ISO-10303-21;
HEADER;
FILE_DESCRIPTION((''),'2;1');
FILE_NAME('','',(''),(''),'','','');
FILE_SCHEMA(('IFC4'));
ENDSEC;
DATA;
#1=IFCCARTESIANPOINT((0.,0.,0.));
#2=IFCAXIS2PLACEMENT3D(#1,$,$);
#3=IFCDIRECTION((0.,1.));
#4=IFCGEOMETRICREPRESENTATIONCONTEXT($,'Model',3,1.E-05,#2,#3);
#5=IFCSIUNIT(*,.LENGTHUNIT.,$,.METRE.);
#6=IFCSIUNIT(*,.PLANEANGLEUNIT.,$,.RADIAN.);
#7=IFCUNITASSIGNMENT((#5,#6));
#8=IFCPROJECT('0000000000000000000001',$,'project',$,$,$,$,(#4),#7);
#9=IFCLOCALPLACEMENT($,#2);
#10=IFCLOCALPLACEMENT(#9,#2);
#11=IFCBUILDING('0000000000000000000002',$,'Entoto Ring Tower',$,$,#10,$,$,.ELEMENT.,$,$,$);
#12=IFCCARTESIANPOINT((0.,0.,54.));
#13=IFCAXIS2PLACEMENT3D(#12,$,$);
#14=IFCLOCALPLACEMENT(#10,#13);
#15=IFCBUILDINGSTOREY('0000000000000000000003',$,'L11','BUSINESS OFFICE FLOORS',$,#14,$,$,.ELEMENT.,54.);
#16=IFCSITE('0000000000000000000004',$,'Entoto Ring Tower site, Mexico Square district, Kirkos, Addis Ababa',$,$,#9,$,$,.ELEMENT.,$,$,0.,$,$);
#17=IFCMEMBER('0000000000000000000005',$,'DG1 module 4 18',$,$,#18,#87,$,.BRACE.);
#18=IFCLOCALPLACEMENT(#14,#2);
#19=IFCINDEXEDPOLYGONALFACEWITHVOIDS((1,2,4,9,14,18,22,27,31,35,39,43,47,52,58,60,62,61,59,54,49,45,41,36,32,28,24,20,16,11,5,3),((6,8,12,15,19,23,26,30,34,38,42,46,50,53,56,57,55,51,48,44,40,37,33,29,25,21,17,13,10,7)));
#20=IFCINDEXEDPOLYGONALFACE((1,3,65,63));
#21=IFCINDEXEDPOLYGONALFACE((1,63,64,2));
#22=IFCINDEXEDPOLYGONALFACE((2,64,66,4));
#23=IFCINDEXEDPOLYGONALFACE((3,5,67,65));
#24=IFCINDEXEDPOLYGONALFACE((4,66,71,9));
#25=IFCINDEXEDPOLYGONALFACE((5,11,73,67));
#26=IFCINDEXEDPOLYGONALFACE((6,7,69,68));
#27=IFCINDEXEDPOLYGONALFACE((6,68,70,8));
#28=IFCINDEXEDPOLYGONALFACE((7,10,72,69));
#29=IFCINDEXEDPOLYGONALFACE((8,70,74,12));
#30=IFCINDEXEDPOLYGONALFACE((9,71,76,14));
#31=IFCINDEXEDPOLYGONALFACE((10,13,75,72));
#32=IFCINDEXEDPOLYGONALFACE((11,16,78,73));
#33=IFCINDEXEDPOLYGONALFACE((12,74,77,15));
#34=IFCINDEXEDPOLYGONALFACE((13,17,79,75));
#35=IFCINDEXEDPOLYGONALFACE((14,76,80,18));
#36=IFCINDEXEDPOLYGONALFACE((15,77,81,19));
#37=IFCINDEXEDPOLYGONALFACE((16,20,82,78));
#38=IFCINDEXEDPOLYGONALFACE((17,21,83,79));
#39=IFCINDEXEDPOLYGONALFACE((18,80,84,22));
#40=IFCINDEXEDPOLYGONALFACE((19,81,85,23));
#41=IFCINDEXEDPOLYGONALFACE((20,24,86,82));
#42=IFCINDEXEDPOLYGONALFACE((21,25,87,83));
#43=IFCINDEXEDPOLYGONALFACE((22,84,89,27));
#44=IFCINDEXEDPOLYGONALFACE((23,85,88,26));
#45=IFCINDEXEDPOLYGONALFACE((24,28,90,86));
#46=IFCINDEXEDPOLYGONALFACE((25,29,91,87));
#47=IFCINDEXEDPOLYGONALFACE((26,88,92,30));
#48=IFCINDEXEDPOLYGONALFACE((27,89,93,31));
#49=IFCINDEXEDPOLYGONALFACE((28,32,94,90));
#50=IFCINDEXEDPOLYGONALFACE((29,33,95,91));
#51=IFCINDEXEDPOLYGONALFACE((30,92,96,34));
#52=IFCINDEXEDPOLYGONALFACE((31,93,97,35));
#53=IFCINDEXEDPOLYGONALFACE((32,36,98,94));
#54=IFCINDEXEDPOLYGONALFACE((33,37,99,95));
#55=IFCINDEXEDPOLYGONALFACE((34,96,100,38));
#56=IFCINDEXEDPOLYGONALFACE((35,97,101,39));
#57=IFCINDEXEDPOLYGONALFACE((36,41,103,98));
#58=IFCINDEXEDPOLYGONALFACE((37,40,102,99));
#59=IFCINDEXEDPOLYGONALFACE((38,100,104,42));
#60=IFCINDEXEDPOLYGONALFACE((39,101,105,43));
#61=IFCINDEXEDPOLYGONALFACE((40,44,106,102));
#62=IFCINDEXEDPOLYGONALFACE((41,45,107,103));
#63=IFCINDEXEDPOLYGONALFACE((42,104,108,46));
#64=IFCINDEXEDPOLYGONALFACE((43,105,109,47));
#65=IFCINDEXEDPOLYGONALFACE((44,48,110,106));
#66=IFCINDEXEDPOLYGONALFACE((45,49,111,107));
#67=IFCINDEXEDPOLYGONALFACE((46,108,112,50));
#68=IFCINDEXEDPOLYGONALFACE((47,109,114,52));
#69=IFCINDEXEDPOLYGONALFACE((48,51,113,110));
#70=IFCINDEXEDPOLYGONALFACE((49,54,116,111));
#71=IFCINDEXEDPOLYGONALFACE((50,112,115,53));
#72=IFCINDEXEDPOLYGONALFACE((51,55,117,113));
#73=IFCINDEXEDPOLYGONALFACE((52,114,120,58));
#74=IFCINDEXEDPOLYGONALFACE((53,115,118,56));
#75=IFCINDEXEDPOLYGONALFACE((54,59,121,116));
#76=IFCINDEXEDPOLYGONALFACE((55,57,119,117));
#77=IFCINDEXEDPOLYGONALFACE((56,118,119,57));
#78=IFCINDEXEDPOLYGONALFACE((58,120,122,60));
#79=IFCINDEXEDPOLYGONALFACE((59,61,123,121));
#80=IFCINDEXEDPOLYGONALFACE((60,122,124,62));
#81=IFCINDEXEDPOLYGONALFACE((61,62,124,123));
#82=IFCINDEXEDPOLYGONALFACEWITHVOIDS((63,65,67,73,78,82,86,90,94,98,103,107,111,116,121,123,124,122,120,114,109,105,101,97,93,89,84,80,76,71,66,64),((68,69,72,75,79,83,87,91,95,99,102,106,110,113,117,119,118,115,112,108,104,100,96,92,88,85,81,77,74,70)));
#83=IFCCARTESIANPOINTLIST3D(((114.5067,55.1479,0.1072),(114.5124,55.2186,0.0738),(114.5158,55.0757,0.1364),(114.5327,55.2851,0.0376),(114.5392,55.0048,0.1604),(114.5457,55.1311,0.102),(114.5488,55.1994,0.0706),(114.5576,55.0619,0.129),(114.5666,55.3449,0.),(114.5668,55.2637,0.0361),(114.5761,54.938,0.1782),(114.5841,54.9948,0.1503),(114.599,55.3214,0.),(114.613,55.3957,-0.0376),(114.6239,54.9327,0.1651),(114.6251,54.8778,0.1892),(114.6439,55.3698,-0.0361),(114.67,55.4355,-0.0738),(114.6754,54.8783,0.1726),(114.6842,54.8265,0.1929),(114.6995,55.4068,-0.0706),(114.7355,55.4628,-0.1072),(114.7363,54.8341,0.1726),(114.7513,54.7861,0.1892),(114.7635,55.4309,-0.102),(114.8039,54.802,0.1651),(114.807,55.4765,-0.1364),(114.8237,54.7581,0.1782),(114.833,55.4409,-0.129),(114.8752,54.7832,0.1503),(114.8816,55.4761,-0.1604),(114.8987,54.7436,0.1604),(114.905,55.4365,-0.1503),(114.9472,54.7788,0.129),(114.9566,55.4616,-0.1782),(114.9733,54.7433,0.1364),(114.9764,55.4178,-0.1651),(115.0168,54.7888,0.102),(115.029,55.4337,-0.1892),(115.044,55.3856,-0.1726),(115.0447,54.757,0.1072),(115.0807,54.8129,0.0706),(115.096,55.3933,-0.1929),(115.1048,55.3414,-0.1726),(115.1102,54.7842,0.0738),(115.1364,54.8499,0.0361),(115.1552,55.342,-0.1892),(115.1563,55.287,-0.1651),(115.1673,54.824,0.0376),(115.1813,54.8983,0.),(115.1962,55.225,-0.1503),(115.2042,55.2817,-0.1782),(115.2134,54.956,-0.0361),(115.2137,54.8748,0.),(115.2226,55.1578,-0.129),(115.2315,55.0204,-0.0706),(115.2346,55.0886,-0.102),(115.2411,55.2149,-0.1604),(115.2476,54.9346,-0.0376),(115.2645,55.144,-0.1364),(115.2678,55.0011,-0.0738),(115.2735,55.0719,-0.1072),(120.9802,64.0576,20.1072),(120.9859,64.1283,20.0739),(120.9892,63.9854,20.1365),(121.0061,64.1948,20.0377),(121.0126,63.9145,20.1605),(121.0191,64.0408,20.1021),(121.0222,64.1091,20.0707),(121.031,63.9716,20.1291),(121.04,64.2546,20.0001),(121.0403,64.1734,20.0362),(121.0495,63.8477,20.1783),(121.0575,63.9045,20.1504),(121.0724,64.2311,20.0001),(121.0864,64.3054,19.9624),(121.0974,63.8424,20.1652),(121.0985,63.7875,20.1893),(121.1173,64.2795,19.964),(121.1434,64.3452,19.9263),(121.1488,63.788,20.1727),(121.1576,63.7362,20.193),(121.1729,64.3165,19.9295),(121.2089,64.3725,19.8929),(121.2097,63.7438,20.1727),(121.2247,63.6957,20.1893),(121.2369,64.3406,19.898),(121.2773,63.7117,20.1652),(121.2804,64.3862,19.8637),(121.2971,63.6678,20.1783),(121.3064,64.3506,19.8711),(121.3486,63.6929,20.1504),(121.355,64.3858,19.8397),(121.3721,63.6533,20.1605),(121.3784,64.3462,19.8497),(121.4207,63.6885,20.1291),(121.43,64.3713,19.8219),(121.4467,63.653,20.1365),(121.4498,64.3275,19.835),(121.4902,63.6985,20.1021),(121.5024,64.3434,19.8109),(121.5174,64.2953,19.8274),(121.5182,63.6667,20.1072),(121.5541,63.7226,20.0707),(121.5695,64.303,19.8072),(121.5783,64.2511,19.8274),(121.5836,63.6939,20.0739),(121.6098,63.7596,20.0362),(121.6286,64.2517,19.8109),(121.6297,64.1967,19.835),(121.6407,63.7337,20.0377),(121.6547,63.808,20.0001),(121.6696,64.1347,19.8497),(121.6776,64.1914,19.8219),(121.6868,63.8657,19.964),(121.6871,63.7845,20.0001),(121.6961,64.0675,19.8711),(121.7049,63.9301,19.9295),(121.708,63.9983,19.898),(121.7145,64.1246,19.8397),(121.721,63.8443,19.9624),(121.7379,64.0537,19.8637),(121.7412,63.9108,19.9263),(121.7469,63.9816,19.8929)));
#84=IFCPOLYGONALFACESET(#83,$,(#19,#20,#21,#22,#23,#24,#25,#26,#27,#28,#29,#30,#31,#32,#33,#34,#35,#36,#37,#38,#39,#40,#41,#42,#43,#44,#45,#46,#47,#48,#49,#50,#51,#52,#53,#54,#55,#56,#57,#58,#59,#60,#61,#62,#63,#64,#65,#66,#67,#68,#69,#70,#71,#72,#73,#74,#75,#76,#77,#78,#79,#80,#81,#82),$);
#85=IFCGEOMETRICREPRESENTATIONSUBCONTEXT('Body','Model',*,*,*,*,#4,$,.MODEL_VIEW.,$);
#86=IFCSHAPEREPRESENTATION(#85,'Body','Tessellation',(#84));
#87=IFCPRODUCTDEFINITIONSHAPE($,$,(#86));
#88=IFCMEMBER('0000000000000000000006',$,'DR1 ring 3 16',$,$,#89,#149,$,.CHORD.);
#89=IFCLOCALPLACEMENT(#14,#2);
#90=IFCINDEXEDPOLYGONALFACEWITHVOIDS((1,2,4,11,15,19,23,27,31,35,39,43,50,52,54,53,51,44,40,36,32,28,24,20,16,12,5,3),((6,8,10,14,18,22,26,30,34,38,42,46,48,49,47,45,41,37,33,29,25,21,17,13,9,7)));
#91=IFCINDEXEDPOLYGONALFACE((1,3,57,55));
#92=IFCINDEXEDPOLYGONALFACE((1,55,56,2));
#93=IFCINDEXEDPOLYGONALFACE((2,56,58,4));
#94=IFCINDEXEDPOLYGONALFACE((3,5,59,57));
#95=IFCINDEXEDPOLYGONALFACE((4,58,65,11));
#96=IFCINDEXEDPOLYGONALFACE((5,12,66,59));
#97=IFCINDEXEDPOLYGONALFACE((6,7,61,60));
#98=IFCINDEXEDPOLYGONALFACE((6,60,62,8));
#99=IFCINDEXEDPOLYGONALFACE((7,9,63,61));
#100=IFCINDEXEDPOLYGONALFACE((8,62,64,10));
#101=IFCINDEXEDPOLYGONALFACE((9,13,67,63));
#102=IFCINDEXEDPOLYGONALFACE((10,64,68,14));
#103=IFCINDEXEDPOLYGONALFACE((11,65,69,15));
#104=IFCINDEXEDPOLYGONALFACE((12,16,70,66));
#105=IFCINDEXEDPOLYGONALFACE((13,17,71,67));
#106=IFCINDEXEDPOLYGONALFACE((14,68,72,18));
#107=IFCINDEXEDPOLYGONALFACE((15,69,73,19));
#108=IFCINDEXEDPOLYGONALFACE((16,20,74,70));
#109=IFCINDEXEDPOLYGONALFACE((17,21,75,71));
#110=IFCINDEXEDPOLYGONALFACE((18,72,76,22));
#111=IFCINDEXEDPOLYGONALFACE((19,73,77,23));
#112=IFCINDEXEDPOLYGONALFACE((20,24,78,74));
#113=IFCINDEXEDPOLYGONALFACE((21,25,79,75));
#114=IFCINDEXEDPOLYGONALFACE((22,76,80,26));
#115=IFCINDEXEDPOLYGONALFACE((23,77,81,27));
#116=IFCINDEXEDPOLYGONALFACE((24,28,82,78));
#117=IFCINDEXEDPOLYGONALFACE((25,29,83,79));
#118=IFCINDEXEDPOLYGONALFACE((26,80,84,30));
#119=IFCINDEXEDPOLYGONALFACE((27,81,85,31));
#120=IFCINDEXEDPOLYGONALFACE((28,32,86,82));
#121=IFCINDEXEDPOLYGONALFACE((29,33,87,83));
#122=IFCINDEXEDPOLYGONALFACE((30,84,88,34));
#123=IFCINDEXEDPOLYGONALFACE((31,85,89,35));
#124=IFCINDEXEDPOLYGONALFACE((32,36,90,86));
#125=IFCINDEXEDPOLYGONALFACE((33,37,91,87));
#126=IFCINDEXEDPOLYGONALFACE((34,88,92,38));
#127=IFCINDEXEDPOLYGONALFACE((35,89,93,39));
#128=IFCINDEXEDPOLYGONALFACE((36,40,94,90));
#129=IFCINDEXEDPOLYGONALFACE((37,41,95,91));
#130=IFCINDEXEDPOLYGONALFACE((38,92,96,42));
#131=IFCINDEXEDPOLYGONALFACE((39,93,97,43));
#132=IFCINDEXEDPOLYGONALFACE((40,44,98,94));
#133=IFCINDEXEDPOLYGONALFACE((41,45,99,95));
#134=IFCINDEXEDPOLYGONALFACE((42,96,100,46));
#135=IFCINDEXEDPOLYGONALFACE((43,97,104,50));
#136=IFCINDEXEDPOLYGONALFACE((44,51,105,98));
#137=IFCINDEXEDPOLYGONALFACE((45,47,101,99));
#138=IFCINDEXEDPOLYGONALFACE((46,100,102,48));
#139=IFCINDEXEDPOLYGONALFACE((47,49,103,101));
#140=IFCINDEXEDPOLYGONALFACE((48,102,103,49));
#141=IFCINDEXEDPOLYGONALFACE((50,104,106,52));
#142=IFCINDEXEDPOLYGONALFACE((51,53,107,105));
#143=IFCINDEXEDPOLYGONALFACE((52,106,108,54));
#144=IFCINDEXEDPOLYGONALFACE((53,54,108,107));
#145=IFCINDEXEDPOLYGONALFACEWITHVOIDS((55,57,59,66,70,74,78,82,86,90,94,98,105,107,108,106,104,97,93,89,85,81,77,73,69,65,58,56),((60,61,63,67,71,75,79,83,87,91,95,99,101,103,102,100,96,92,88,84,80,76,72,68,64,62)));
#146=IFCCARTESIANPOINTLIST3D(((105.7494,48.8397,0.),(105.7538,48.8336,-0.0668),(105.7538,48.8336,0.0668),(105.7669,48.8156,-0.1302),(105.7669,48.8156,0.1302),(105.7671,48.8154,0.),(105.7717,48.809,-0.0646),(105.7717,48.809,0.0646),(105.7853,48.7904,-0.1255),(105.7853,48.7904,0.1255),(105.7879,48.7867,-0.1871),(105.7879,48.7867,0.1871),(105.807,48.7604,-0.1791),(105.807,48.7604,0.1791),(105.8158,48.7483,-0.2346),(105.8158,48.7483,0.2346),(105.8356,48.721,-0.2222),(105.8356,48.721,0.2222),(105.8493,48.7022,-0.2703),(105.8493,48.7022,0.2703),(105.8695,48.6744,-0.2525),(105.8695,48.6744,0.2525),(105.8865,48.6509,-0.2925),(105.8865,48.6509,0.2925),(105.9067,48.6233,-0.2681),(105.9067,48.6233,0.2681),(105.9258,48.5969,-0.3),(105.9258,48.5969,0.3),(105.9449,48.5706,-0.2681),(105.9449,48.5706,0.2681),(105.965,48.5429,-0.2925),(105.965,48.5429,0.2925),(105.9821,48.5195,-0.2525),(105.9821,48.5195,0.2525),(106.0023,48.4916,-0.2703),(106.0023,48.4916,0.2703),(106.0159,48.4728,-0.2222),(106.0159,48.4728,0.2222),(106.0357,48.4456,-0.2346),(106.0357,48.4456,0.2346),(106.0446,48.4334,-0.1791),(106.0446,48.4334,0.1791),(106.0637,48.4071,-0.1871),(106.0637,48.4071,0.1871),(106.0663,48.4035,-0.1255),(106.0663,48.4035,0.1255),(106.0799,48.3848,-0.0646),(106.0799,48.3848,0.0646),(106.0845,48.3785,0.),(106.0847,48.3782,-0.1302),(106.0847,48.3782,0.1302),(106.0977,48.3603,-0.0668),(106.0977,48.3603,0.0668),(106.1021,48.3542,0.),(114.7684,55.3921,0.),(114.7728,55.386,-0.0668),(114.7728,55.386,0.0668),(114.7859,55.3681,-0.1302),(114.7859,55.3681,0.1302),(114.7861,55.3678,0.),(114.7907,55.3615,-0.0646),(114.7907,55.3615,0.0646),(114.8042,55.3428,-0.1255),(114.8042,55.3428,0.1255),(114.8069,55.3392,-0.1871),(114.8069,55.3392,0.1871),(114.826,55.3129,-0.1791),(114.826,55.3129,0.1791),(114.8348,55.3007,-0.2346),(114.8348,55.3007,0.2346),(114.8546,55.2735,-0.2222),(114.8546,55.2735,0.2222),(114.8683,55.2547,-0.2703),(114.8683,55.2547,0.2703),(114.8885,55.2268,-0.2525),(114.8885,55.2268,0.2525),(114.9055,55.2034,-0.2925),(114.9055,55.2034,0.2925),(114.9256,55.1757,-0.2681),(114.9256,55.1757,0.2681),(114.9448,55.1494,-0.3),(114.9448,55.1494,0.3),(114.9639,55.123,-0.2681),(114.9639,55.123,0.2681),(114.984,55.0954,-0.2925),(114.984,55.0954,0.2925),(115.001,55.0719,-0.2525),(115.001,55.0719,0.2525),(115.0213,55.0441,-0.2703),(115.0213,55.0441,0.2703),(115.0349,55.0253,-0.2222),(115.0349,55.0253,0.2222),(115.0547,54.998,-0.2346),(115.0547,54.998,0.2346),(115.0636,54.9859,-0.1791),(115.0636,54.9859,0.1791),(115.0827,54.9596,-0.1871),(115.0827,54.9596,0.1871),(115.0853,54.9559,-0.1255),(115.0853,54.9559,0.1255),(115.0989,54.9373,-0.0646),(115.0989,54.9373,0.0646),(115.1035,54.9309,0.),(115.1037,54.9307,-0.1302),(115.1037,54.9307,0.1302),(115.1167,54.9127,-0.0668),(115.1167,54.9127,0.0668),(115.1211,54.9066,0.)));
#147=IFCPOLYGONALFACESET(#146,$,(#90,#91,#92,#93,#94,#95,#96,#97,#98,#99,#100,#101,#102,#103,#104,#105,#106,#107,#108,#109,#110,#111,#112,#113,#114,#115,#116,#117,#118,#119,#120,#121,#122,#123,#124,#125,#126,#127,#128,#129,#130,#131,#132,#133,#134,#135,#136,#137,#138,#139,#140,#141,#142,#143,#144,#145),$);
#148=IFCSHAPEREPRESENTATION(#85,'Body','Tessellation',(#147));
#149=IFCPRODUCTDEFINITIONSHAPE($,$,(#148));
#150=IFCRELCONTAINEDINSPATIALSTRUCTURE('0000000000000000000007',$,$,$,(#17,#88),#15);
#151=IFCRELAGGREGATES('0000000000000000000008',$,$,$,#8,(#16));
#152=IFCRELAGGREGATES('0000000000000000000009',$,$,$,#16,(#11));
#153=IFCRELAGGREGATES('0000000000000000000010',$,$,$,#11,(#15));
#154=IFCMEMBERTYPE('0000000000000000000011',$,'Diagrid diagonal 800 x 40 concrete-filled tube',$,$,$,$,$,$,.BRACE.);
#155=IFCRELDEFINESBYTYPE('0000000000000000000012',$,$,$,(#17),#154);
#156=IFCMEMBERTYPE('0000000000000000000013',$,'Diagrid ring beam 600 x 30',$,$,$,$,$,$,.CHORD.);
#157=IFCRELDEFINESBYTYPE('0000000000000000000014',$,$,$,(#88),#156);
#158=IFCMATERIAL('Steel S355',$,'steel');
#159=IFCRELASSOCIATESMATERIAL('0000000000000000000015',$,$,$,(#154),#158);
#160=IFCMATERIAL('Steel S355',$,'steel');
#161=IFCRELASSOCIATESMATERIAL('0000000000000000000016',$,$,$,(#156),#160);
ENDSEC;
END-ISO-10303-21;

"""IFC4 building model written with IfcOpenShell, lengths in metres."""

from ifc_helpers import new_model, si_unit, direction, frame, origin, origin_2d, place, context, subcontext, project, spatial, circle, hollow_circle, extrude, material, material_profile, profile_set, type_object, element, save


model = new_model("IFC4")

# Units and contexts
model_context = context("Model", 3, precision=1e-05, world=origin(), true_north=direction((0.0, 1.0)))
body_context = subcontext(model_context, "Body", "Model", "MODEL_VIEW")
ifc_project = project(units=[si_unit("LENGTHUNIT", "METRE"), si_unit("PLANEANGLEUNIT", "RADIAN")], contexts=[model_context])

# Site, building, storey
site_placement = place(None, origin())
site = spatial("IfcSite", under=ifc_project, at=site_placement, Name="Entoto Ring Tower site, Mexico Square district, Kirkos, Addis Ababa", CompositionType="ELEMENT", RefElevation=0.0)
building_placement = place(site_placement, origin())
building = spatial("IfcBuilding", under=site, at=building_placement, Name="Entoto Ring Tower", CompositionType="ELEMENT")
storey_placement = place(building_placement, frame((0.0, 0.0, 54.0)))
storey = spatial("IfcBuildingStorey", under=building, at=storey_placement, Name="L11", Description="BUSINESS OFFICE FLOORS", CompositionType="ELEMENT", Elevation=54.0)

# Members
ifc_material_1 = material(Name="Steel S355", Category="steel")
ifc_material_profile_1 = material_profile(ifc_material_1, hollow_circle(Radius=0.3999, WallThickness=0.04, at=origin_2d()), Name="CHS 800 x 40")
ifc_material_2 = material(Name="Concrete C60/75", Category="concrete")
ifc_material_profile_2 = material_profile(ifc_material_2, circle(Radius=0.3601, at=origin_2d()), Name="Concrete C60/75 infill")
ifc_profile_set_1 = profile_set([ifc_material_profile_1, ifc_material_profile_2], Name="Steel S355")
member_type_1 = type_object("IfcMemberType", Name="Diagrid diagonal 800 x 40 concrete-filled tube", PredefinedType="BRACE", material=ifc_profile_set_1)
for number, where, z_axis, x_axis, name in (
    (1, (114.8901, 55.1099, 0.0), (0.283526, 0.390232, 0.875975), (-0.809011, 0.587793, 0.0), "DG1 module 4 18"),
):
    element("IfcMember", number, at=place(storey_placement, frame(where, z_axis=z_axis, x_axis=x_axis)), inside=storey, type_object=member_type_1, Name=name, PredefinedType="BRACE", context=body_context, shape_type="SweptSolid", body=[
        extrude(hollow_circle(Radius=0.3999, WallThickness=0.04, at=origin_2d()), origin(), (0.0, 0.0, 1.0), 22.8318),
    ])
ifc_material_3 = material(Name="Steel S355", Category="steel")
ifc_material_profile_3 = material_profile(ifc_material_3, hollow_circle(Radius=0.3, WallThickness=0.03, at=origin_2d()), Name="CHS 600 x 30")
ifc_material_4 = material(Name="Concrete C60/75", Category="concrete")
ifc_material_profile_4 = material_profile(ifc_material_4, circle(Radius=0.27, at=origin_2d()), Name="Concrete C60/75 infill")
ifc_profile_set_2 = profile_set([ifc_material_profile_3, ifc_material_profile_4], Name="Steel S355")
member_type_2 = type_object("IfcMemberType", Name="Diagrid ring beam 600 x 30", PredefinedType="CHORD", material=ifc_profile_set_2)
for number, where, z_axis, x_axis, name in (
    (2, (105.9258, 48.5969, 0.0), (0.809027, 0.587772, 0.0), (-0.587772, 0.809027, 0.0), "DR1 ring 3 16"),
):
    element("IfcMember", number, at=place(storey_placement, frame(where, z_axis=z_axis, x_axis=x_axis)), inside=storey, type_object=member_type_2, Name=name, PredefinedType="CHORD", context=body_context, shape_type="SweptSolid", body=[
        extrude(hollow_circle(Radius=0.3, WallThickness=0.03, at=origin_2d()), origin(), (0.0, 0.0, 1.0), 11.1479),
    ])

save(model, "model.ifc")
